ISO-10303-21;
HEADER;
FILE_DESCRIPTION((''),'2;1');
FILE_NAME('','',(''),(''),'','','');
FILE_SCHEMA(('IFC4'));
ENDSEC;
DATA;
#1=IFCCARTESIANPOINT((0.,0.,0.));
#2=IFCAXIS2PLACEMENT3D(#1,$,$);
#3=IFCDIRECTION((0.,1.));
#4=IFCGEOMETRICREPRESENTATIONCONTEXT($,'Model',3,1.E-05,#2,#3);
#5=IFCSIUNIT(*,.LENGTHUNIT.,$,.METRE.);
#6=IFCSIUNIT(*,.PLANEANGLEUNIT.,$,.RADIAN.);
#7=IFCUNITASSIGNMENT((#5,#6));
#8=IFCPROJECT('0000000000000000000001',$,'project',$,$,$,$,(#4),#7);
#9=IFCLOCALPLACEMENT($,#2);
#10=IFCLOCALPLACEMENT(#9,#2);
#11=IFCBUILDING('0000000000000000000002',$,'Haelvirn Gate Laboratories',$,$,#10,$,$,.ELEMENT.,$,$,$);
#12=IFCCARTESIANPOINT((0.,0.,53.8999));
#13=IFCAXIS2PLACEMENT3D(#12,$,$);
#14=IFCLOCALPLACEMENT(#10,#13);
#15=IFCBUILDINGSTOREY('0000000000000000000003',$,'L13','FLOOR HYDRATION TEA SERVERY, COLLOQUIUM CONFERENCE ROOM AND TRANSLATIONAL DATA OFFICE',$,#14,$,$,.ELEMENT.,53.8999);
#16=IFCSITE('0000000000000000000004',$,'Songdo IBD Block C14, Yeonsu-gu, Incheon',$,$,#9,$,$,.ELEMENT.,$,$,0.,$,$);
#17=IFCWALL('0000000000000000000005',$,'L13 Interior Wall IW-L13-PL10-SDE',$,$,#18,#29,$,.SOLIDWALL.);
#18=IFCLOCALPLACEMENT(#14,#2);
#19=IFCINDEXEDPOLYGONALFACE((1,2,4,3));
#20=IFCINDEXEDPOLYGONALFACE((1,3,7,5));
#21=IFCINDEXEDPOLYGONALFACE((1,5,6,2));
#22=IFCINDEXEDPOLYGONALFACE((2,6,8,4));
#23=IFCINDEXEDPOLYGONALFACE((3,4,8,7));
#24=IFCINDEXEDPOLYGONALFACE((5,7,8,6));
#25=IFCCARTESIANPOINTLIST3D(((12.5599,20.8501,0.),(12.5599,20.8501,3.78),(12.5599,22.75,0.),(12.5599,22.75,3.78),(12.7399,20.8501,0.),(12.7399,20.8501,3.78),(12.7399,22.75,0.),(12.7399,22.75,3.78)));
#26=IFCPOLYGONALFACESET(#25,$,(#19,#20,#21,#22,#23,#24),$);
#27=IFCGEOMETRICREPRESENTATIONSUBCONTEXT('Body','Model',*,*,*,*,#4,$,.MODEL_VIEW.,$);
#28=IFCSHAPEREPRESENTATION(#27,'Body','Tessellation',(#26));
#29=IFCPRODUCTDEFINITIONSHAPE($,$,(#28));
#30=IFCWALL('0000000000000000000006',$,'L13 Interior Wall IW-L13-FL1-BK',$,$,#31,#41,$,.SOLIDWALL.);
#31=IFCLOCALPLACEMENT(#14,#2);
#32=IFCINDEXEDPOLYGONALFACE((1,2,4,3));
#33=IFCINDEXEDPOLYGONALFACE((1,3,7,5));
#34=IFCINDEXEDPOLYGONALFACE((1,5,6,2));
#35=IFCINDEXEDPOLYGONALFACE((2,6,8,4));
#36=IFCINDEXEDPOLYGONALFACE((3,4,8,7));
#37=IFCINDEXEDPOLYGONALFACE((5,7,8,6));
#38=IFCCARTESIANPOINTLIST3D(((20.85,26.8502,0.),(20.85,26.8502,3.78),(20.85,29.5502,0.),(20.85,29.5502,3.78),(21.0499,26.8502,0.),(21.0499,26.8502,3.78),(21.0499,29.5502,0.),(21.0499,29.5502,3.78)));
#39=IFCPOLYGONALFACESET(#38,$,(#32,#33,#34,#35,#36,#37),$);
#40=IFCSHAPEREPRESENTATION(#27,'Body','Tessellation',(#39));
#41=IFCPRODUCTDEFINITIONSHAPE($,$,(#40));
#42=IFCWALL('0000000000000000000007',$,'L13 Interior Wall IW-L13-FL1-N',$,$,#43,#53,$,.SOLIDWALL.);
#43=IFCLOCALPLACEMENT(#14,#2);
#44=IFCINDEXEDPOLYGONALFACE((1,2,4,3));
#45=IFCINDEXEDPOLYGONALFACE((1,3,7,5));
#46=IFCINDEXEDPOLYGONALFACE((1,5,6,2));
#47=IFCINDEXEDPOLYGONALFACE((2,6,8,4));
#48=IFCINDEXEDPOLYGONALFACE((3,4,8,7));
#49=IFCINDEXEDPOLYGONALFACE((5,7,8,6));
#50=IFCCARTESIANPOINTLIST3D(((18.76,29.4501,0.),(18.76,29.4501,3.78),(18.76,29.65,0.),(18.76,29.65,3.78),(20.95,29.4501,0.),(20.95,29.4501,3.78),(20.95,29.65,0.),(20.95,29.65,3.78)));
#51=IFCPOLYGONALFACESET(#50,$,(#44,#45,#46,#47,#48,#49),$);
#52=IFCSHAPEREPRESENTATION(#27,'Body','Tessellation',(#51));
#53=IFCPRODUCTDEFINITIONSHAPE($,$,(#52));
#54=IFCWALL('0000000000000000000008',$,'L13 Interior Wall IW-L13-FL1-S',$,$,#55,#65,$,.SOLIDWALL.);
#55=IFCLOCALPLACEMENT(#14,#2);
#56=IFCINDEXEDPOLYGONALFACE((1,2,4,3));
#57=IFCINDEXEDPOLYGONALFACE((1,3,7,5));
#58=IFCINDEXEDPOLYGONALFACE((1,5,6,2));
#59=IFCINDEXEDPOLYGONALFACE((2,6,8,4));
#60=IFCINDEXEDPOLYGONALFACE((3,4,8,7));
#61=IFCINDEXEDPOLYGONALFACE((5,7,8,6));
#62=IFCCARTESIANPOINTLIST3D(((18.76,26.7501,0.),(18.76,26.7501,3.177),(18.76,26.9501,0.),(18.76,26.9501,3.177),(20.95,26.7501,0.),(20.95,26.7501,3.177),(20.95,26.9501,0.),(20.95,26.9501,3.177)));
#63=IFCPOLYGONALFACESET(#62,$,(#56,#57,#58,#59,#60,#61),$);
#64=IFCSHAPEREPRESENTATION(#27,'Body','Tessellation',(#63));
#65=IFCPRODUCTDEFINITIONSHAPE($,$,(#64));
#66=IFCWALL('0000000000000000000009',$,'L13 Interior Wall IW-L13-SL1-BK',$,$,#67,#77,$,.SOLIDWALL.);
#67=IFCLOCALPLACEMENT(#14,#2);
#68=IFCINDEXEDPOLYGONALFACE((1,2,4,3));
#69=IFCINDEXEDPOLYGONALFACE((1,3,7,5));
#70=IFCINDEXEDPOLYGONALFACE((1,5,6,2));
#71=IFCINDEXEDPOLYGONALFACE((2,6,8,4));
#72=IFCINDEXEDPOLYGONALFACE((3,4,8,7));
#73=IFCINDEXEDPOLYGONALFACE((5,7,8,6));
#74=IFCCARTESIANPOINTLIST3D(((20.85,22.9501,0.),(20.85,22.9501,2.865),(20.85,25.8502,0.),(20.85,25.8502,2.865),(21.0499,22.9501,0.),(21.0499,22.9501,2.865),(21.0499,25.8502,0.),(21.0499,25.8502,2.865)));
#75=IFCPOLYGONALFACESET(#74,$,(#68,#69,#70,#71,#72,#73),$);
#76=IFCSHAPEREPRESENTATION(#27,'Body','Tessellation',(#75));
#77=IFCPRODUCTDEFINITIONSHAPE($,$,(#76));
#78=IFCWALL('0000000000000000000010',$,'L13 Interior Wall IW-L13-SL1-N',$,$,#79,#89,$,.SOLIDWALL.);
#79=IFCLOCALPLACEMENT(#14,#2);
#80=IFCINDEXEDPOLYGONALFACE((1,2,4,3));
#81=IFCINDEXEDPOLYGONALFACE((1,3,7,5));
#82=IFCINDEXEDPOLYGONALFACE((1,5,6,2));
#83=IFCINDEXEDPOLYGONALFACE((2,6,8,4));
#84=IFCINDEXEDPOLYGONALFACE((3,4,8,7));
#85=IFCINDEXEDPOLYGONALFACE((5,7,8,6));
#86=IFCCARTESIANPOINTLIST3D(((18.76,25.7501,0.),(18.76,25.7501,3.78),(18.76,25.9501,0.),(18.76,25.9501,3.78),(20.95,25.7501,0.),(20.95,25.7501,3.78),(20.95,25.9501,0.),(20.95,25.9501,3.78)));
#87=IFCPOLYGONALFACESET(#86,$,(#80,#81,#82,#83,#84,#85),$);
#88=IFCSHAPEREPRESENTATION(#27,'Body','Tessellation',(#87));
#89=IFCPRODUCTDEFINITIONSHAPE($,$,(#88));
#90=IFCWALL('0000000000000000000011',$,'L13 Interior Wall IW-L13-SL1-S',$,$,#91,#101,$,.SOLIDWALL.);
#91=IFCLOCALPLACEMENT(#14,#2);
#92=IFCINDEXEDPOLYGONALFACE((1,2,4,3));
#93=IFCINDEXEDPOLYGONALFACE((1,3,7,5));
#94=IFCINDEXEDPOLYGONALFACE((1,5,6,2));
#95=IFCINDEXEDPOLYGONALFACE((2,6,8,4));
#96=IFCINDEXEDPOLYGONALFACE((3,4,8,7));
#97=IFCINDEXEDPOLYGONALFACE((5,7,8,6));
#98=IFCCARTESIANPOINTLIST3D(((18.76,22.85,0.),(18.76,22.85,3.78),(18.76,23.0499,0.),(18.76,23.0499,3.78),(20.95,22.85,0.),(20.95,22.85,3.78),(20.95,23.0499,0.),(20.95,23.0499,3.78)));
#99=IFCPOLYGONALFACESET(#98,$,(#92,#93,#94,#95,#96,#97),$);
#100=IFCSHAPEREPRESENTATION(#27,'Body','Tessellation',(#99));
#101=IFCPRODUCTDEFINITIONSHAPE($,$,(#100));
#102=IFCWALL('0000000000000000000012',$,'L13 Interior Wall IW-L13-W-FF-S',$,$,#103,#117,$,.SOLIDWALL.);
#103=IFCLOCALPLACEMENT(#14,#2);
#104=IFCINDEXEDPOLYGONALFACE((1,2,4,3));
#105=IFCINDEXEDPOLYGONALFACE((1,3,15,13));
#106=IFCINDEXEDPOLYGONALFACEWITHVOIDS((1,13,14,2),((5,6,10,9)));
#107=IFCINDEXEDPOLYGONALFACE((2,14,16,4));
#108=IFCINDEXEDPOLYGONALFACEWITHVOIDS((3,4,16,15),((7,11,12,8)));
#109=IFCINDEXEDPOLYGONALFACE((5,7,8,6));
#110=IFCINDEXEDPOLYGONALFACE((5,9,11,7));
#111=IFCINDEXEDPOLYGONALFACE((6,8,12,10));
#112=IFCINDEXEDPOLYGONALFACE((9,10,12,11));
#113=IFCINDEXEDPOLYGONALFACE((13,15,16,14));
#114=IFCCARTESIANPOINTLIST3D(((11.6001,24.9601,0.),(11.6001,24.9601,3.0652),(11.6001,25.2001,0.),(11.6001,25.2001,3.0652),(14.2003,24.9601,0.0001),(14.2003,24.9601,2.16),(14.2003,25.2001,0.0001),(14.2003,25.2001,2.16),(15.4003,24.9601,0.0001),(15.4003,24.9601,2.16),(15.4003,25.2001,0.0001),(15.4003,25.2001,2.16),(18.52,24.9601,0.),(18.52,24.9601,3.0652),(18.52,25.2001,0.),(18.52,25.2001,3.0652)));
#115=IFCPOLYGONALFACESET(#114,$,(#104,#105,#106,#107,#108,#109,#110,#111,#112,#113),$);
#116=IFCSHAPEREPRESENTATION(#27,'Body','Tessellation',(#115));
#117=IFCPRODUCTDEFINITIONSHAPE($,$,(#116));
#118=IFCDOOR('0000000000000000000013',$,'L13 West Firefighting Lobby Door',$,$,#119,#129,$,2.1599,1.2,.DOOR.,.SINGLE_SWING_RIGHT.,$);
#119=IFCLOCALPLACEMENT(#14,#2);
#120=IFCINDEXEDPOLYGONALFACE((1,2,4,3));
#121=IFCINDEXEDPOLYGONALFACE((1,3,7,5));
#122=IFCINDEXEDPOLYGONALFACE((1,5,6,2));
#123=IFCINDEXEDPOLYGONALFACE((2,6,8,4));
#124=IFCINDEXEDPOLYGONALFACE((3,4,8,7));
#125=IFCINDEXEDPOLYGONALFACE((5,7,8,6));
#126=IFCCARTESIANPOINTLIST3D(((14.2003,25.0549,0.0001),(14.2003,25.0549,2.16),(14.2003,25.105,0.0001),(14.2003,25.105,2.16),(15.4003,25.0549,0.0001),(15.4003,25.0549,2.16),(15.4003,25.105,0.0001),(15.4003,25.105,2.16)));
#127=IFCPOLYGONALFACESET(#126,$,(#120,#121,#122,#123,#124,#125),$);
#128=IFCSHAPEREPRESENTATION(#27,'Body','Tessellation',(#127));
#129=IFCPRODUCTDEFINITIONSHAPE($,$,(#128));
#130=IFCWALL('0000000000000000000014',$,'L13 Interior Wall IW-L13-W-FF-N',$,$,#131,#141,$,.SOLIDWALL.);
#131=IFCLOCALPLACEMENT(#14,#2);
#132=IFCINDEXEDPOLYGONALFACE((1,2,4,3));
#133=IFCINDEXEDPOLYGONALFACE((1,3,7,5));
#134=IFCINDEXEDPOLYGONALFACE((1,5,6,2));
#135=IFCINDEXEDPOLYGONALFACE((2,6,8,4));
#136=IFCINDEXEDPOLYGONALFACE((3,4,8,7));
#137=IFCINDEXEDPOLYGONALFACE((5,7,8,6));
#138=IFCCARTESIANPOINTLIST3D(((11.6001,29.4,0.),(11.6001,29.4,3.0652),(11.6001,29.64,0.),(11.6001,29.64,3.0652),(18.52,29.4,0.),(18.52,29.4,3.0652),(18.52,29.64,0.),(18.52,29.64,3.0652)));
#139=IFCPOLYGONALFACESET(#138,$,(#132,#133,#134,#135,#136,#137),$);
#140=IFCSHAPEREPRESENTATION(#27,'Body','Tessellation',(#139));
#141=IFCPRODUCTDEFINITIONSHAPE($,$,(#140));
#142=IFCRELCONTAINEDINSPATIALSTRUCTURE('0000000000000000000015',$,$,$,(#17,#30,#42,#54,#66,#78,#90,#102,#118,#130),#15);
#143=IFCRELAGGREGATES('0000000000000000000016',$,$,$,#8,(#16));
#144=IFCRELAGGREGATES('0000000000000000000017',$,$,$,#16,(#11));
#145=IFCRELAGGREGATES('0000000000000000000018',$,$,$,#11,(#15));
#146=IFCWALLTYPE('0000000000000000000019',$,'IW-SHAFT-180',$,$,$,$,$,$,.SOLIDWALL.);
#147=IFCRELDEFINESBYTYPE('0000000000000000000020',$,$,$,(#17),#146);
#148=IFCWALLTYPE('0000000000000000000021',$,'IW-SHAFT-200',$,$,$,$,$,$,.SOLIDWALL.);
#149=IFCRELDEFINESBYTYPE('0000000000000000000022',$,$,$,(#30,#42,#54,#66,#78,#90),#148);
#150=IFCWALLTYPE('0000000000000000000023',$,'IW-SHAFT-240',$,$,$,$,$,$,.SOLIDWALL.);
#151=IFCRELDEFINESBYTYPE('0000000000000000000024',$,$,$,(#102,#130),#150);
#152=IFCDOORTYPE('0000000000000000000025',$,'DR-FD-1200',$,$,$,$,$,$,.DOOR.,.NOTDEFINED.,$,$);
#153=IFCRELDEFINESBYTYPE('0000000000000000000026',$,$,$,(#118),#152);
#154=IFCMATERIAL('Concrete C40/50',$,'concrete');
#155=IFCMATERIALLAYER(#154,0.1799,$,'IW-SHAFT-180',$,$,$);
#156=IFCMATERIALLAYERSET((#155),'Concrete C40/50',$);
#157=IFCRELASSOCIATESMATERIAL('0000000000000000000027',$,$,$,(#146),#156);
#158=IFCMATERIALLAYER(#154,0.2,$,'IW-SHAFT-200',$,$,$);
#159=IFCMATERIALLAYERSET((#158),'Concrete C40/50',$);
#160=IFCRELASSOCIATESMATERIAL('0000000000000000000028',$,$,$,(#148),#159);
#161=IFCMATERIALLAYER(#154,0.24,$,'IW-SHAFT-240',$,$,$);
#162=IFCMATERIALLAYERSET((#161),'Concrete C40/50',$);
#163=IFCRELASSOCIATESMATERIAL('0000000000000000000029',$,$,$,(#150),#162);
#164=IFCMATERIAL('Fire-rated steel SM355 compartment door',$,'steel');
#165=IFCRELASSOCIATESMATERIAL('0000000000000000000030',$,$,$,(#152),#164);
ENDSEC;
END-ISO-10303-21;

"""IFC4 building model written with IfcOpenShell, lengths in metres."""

from ifc_helpers import new_model, si_unit, direction, frame, frame_2d, origin, place, context, subcontext, project, spatial, rectangle, extrude, source, transform, mapped, material, layer, layer_set, type_object, type_shapes, element, fill, save


model = new_model("IFC4")

# Units and contexts
model_context = context("Model", 3, precision=1e-05, world=origin(), true_north=direction((0.0, 1.0)))
body_context = subcontext(model_context, "Body", "Model", "MODEL_VIEW")
ifc_project = project(units=[si_unit("LENGTHUNIT", "METRE"), si_unit("PLANEANGLEUNIT", "RADIAN")], contexts=[model_context])

# Site, building, storey
site_placement = place(None, origin())
site = spatial("IfcSite", under=ifc_project, at=site_placement, Name="Songdo IBD Block C14, Yeonsu-gu, Incheon", CompositionType="ELEMENT", RefElevation=0.0)
building_placement = place(site_placement, origin())
building = spatial("IfcBuilding", under=site, at=building_placement, Name="Haelvirn Gate Laboratories", CompositionType="ELEMENT")
storey_placement = place(building_placement, frame((0.0, 0.0, 53.8999)))
storey = spatial("IfcBuildingStorey", under=building, at=storey_placement, Name="L13", Description="FLOOR HYDRATION TEA SERVERY, COLLOQUIUM CONFERENCE ROOM AND TRANSLATIONAL DATA OFFICE", CompositionType="ELEMENT", Elevation=53.8999)

# Walls
ifc_material_1 = material(Name="Concrete C40/50", Category="concrete")
ifc_layer_1 = layer(ifc_material_1, 0.1799, Name="IW-SHAFT-180")
ifc_layer_set_1 = layer_set([ifc_layer_1], Name="Concrete C40/50")
wall_type_1 = type_object("IfcWallType", Name="IW-SHAFT-180", PredefinedType="SOLIDWALL", material=ifc_layer_set_1)
for number, where, z_axis, x_axis, name in (
    (1, (12.6499, 20.8501, 0.0), (0.0, 0.0, 1.0), (0.0, 1.0, 0.0), "L13 Interior Wall IW-L13-PL10-SDE"),
):
    element("IfcWall", number, at=place(storey_placement, frame(where, z_axis=z_axis, x_axis=x_axis)), inside=storey, type_object=wall_type_1, Name=name, PredefinedType="SOLIDWALL", context=body_context, shape_type="SweptSolid", body=[
        extrude(rectangle(XDim=1.8999, YDim=0.1799, at=frame_2d((0.95, 0.0))), origin(), (0.0, 0.0, 1.0), 3.78),
    ])
ifc_layer_2 = layer(ifc_material_1, 0.2, Name="IW-SHAFT-200")
ifc_layer_set_2 = layer_set([ifc_layer_2], Name="Concrete C40/50")
wall_type_2 = type_object("IfcWallType", Name="IW-SHAFT-200", PredefinedType="SOLIDWALL", material=ifc_layer_set_2)
wall_1_placement = place(storey_placement, frame((20.95, 26.8501, 0.0), z_axis=(0.0, 0.0, 1.0), x_axis=(0.0, 1.0, 0.0)))
element("IfcWall", 2, at=wall_1_placement, inside=storey, type_object=wall_type_2, Name="L13 Interior Wall IW-L13-FL1-BK", PredefinedType="SOLIDWALL", context=body_context, shape_type="SweptSolid", body=[
    extrude(rectangle(XDim=2.7, YDim=0.2, at=frame_2d((1.3501, 0.0))), origin(), (0.0, 0.0, 1.0), 3.78),
])
wall_2_placement = place(storey_placement, frame((18.76, 29.55, 0.0), z_axis=(0.0, 0.0, 1.0), x_axis=(1.0, 0.0, 0.0)))
element("IfcWall", 3, at=wall_2_placement, inside=storey, type_object=wall_type_2, Name="L13 Interior Wall IW-L13-FL1-N", PredefinedType="SOLIDWALL", context=body_context, shape_type="SweptSolid", body=[
    extrude(rectangle(XDim=2.1899, YDim=0.2, at=frame_2d((1.095, 0.0))), origin(), (0.0, 0.0, 1.0), 3.78),
])
wall_3_placement = place(storey_placement, frame((18.76, 26.8501, 0.0), z_axis=(0.0, 0.0, 1.0), x_axis=(1.0, 0.0, 0.0)))
element("IfcWall", 4, at=wall_3_placement, inside=storey, type_object=wall_type_2, Name="L13 Interior Wall IW-L13-FL1-S", PredefinedType="SOLIDWALL", context=body_context, shape_type="SweptSolid", body=[
    extrude(rectangle(XDim=2.1899, YDim=0.2, at=frame_2d((1.095, 0.0))), origin(), (0.0, 0.0, 1.0), 3.177),
])
wall_4_placement = place(storey_placement, frame((20.95, 22.95, 0.0), z_axis=(0.0, 0.0, 1.0), x_axis=(0.0, 1.0, 0.0)))
element("IfcWall", 5, at=wall_4_placement, inside=storey, type_object=wall_type_2, Name="L13 Interior Wall IW-L13-SL1-BK", PredefinedType="SOLIDWALL", context=body_context, shape_type="SweptSolid", body=[
    extrude(rectangle(XDim=2.9001, YDim=0.2, at=frame_2d((1.4502, 0.0))), origin(), (0.0, 0.0, 1.0), 2.865),
])
for number, where, z_axis, x_axis, name in (
    (6, (18.76, 25.8501, 0.0), (0.0, 0.0, 1.0), (1.0, 0.0, 0.0), "L13 Interior Wall IW-L13-SL1-N"),
    (7, (18.76, 22.95, 0.0), (0.0, 0.0, 1.0), (1.0, 0.0, 0.0), "L13 Interior Wall IW-L13-SL1-S"),
):
    element("IfcWall", number, at=place(storey_placement, frame(where, z_axis=z_axis, x_axis=x_axis)), inside=storey, type_object=wall_type_2, Name=name, PredefinedType="SOLIDWALL", context=body_context, shape_type="SweptSolid", body=[
        extrude(rectangle(XDim=2.1899, YDim=0.2, at=frame_2d((1.095, 0.0))), origin(), (0.0, 0.0, 1.0), 3.78),
    ])

# Wall, opening, door
ifc_layer_3 = layer(ifc_material_1, 0.24, Name="IW-SHAFT-240")
ifc_layer_set_3 = layer_set([ifc_layer_3], Name="Concrete C40/50")
wall_type_3 = type_object("IfcWallType", Name="IW-SHAFT-240", PredefinedType="SOLIDWALL", material=ifc_layer_set_3)
wall_5_placement = place(storey_placement, frame((11.6001, 25.0801, 0.0), z_axis=(0.0, 0.0, 1.0), x_axis=(1.0, 0.0, 0.0)))
wall_5 = element("IfcWall", 8, at=wall_5_placement, inside=storey, type_object=wall_type_3, Name="L13 Interior Wall IW-L13-W-FF-S", PredefinedType="SOLIDWALL", context=body_context, shape_type="SweptSolid", body=[
    extrude(rectangle(XDim=6.9199, YDim=0.24, at=frame_2d((3.46, 0.0))), origin(), (0.0, 0.0, 1.0), 3.0652),
])
opening_1_placement = place(wall_5_placement, frame((2.6001, 0.0, 0.0)))
opening_1 = element("IfcOpeningElement", 9, at=opening_1_placement, cuts=wall_5, PredefinedType="OPENING", context=body_context, shape_type="SweptSolid", body=[
    extrude(rectangle(XDim=1.2, YDim=2.1599, at=frame_2d((0.6001, 1.0801))), frame((0.0, 0.1299, 0.0), z_axis=(0.0, -1.0, 0.0), x_axis=(1.0, 0.0, 0.0)), (0.0, 0.0, 1.0), 0.26),
])
ifc_material_2 = material(Name="Fire-rated steel SM355 compartment door", Category="steel")
door_type_1 = type_object("IfcDoorType", Name="DR-FD-1200", OperationType="NOTDEFINED", PredefinedType="DOOR", material=ifc_material_2)
shared_shape_1 = source(origin(), body_context, "Body", "SweptSolid", [
    extrude(rectangle(XDim=1.2, YDim=2.1599, at=frame_2d((0.6001, 1.0801))), frame((0.0, 0.0249, 0.0), z_axis=(0.0, -1.0, 0.0), x_axis=(1.0, 0.0, 0.0)), (0.0, 0.0, 1.0), 0.05),
])
type_shapes(door_type_1, [shared_shape_1])
door_1_placement = place(opening_1_placement, origin())
door_1 = element("IfcDoor", 10, at=door_1_placement, inside=storey, type_object=door_type_1, Name="L13 West Firefighting Lobby Door", OperationType="SINGLE_SWING_RIGHT", OverallHeight=2.1599, OverallWidth=1.2, PredefinedType="DOOR", context=body_context, shape_type="MappedRepresentation", body=[
    mapped(shared_shape_1, transform((0.0, 0.0, 0.0), scale=1.0)),
])
fill(opening_1, door_1)

# Wall
wall_6_placement = place(storey_placement, frame((11.6001, 29.52, 0.0), z_axis=(0.0, 0.0, 1.0), x_axis=(1.0, 0.0, 0.0)))
element("IfcWall", 11, at=wall_6_placement, inside=storey, type_object=wall_type_3, Name="L13 Interior Wall IW-L13-W-FF-N", PredefinedType="SOLIDWALL", context=body_context, shape_type="SweptSolid", body=[
    extrude(rectangle(XDim=6.9199, YDim=0.24, at=frame_2d((3.46, 0.0))), origin(), (0.0, 0.0, 1.0), 3.0652),
])

save(model, "model.ifc")
